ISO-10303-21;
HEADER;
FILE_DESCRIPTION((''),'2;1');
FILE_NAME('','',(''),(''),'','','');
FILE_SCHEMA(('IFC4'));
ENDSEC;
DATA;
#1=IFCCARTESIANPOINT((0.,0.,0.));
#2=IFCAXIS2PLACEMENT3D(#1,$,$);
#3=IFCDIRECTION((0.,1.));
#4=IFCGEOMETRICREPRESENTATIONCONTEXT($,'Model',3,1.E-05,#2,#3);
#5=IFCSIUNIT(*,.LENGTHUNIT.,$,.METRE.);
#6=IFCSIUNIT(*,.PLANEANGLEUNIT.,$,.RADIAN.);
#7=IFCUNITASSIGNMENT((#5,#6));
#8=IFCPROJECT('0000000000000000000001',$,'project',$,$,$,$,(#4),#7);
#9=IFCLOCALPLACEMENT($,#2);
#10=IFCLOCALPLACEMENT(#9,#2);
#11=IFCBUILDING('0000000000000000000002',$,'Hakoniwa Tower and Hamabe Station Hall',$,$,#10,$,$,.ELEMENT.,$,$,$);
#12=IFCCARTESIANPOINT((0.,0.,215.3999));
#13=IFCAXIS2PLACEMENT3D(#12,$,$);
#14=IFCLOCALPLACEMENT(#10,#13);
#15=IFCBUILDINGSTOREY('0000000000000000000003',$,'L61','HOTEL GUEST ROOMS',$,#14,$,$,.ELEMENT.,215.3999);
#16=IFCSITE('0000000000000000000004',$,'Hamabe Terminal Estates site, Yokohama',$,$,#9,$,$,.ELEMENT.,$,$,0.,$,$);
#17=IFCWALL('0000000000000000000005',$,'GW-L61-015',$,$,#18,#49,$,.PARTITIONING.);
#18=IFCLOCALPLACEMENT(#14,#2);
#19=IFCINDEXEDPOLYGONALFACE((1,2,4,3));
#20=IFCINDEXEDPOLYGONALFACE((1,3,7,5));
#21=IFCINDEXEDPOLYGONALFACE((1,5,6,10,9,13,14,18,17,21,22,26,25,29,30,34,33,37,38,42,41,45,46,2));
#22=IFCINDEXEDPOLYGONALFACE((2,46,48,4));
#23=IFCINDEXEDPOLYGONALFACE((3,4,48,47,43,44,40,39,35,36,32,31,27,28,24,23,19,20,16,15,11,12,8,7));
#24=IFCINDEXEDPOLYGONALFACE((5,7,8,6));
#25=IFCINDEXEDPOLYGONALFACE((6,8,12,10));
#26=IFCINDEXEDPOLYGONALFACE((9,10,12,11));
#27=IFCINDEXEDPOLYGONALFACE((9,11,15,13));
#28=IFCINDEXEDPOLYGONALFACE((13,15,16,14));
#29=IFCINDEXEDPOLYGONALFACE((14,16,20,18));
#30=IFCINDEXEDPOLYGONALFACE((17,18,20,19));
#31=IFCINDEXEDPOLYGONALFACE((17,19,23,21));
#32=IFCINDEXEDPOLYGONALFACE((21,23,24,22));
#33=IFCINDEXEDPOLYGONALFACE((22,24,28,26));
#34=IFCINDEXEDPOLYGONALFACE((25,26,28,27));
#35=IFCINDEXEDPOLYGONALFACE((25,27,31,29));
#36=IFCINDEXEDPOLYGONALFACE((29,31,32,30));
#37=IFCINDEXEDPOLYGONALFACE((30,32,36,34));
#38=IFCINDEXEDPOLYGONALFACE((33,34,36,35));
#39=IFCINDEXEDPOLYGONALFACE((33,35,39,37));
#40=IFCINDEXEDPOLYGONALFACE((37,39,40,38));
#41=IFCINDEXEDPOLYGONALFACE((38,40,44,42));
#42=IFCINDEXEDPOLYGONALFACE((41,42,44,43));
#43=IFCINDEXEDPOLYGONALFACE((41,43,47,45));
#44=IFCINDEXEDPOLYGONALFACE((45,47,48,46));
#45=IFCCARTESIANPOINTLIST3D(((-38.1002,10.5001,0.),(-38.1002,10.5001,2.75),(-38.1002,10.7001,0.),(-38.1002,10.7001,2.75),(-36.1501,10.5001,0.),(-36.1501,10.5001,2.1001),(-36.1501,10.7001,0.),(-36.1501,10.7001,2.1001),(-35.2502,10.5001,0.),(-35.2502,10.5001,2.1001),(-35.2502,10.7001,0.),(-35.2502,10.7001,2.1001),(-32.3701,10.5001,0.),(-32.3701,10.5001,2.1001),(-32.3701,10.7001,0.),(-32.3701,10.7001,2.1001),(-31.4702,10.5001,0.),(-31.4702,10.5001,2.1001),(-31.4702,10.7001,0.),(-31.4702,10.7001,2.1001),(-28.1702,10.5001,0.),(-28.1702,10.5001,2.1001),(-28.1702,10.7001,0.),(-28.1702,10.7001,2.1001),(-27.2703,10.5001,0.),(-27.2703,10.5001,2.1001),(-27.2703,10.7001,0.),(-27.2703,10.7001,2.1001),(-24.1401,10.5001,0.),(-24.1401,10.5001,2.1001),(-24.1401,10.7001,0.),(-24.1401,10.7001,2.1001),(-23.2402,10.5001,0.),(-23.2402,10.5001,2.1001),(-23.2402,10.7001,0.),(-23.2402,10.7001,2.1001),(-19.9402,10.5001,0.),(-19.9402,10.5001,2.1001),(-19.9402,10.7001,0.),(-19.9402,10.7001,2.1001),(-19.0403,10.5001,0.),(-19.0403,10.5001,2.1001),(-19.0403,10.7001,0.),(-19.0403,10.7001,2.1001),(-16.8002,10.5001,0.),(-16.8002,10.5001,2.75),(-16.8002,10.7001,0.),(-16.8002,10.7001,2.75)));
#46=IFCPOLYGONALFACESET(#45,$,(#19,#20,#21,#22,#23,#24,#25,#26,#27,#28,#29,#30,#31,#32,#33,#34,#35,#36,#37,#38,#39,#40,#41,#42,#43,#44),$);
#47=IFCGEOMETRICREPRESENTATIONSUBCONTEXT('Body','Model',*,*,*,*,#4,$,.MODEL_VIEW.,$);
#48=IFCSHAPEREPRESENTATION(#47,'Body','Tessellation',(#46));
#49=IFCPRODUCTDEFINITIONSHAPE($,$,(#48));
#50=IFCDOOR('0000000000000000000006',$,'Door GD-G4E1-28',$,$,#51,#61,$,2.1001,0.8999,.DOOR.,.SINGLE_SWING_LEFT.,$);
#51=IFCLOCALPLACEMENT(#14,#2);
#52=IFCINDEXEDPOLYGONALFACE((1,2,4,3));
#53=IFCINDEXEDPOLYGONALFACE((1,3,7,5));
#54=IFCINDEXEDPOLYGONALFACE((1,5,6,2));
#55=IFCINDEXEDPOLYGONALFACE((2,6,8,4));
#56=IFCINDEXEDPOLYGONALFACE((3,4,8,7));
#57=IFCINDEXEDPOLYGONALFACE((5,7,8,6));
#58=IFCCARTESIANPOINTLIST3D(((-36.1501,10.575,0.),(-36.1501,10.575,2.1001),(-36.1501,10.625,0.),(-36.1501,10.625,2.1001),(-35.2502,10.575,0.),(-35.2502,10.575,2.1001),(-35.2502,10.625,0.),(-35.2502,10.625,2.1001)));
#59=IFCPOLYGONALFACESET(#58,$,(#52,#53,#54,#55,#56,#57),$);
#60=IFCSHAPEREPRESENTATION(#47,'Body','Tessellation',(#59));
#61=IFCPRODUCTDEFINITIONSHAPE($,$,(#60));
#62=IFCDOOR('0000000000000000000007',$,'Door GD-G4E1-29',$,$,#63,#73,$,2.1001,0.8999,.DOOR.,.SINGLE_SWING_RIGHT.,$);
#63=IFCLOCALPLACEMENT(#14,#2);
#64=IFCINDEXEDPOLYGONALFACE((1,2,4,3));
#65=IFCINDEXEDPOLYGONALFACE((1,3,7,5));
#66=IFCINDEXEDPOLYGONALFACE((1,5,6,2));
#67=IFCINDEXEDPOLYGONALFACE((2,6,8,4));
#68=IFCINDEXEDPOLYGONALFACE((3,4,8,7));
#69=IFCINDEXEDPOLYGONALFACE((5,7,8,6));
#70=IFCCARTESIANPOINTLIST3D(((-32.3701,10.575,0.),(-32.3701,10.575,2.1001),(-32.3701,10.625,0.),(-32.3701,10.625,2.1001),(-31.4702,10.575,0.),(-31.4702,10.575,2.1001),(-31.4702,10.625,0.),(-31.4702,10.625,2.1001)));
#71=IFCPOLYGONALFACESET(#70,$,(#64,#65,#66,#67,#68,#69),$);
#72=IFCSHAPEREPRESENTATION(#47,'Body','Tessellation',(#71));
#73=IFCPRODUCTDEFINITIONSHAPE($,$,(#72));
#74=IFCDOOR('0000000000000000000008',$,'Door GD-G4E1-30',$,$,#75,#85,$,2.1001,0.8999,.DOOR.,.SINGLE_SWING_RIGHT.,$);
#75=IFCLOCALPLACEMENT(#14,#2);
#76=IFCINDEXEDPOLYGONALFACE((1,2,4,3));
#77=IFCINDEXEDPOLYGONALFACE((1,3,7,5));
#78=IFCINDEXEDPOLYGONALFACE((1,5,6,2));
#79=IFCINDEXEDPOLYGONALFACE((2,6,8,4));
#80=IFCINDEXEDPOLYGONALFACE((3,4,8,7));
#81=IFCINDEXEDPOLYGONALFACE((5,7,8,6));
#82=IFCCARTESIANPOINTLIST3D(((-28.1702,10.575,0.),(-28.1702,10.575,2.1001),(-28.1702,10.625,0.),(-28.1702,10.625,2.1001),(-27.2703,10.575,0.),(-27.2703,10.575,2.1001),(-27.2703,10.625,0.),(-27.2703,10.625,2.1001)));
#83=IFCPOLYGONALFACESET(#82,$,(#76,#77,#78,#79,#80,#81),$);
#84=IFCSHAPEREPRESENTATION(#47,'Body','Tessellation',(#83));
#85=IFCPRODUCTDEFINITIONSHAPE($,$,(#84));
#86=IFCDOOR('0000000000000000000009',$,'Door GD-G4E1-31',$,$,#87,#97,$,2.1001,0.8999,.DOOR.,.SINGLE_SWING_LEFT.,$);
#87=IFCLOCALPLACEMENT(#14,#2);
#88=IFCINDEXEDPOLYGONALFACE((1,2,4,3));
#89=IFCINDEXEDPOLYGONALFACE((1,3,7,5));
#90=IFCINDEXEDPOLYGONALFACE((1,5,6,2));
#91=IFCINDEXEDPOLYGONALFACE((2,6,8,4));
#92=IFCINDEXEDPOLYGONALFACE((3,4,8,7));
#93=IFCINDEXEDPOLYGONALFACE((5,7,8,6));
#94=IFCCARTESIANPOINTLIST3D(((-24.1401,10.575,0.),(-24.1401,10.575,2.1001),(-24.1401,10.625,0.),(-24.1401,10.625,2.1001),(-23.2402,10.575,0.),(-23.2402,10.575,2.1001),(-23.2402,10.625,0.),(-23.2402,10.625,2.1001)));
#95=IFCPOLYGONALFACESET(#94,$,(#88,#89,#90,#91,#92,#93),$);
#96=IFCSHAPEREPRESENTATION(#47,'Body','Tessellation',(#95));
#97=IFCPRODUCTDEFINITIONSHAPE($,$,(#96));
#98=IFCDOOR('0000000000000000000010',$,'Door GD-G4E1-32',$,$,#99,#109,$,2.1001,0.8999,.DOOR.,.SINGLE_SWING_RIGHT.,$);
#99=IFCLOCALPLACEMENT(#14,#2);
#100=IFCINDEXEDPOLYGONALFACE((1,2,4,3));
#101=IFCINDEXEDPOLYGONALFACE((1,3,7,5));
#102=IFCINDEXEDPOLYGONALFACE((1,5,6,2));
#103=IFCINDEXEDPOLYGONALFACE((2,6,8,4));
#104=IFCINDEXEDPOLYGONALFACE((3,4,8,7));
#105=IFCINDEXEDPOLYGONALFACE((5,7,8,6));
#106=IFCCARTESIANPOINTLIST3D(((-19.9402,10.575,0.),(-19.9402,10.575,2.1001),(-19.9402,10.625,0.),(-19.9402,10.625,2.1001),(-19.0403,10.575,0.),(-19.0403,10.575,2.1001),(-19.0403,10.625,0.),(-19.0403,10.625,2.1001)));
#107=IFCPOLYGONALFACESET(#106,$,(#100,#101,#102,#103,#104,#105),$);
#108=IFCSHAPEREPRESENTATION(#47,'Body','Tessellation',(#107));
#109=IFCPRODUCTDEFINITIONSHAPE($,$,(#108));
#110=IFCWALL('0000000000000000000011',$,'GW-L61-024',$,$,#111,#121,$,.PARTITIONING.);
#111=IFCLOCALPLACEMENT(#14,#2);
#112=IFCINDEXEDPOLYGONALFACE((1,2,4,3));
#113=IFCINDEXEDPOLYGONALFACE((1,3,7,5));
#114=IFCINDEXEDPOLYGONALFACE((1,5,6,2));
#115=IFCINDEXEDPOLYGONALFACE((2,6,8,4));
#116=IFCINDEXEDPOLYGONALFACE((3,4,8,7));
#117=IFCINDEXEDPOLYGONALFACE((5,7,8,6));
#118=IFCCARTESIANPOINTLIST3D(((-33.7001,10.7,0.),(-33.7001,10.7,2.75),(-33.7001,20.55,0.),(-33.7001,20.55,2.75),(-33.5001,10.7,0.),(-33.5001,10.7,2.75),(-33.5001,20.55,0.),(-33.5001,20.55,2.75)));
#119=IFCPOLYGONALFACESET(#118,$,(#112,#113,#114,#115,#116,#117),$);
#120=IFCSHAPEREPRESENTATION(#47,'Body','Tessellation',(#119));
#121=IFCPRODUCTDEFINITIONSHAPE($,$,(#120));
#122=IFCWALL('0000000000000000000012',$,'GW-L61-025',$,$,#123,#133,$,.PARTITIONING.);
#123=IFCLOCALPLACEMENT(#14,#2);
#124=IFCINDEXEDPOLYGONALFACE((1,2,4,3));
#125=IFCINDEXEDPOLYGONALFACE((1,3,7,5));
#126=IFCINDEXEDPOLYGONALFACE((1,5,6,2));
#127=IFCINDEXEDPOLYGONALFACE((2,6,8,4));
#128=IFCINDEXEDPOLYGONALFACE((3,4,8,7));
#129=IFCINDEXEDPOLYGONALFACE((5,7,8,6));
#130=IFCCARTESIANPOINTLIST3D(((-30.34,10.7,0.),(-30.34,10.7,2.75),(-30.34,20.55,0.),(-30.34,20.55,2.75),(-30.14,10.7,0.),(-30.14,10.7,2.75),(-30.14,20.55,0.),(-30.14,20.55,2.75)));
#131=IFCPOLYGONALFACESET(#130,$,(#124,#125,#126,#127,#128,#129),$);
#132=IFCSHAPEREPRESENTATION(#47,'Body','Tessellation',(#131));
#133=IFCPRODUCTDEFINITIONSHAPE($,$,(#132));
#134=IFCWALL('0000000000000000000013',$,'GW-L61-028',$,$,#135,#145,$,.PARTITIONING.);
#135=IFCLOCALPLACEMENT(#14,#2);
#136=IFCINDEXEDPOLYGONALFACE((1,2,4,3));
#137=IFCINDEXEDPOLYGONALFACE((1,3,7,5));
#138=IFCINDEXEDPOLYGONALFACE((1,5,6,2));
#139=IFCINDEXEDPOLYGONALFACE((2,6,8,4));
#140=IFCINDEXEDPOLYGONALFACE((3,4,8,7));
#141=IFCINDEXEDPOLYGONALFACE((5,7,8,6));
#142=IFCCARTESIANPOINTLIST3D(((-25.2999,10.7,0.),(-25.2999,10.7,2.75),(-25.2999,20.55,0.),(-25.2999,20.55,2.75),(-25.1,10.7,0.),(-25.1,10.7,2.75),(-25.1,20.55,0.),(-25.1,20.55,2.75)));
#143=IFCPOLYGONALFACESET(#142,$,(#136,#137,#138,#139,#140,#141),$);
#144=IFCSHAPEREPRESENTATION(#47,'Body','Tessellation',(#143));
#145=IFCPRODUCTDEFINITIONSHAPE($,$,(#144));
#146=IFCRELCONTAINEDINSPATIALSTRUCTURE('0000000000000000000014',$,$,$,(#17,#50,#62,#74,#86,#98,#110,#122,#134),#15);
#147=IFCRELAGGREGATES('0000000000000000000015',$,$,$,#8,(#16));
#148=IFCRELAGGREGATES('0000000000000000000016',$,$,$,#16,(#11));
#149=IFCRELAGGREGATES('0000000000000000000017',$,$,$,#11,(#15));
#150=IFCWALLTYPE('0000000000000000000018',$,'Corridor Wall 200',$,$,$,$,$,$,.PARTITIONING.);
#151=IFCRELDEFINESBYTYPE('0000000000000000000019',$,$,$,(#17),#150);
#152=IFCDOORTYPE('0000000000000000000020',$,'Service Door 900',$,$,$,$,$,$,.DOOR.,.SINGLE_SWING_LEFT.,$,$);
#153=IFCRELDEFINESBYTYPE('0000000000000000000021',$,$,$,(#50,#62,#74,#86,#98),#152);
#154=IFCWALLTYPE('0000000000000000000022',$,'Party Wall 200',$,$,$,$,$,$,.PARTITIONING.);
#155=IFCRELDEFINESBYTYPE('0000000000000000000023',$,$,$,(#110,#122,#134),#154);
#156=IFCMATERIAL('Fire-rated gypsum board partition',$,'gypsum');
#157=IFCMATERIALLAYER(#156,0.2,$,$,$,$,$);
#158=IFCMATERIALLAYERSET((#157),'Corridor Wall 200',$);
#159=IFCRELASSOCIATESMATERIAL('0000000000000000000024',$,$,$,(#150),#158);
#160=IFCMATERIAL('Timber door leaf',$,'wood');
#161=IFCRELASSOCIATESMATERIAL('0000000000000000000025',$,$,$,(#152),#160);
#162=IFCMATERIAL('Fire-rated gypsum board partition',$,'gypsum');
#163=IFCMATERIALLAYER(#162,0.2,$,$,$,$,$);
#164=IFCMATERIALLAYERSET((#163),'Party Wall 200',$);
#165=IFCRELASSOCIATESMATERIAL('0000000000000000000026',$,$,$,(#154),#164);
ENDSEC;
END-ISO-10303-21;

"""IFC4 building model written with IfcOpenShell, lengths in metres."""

from ifc_helpers import new_model, si_unit, direction, frame, frame_2d, origin, place, context, subcontext, project, spatial, rectangle, extrude, material, layer, layer_set, type_object, element, fill, save


model = new_model("IFC4")

# Units and contexts
model_context = context("Model", 3, precision=1e-05, world=origin(), true_north=direction((0.0, 1.0)))
body_context = subcontext(model_context, "Body", "Model", "MODEL_VIEW")
ifc_project = project(units=[si_unit("LENGTHUNIT", "METRE"), si_unit("PLANEANGLEUNIT", "RADIAN")], contexts=[model_context])

# Site, building, storey
site_placement = place(None, origin())
site = spatial("IfcSite", under=ifc_project, at=site_placement, Name="Hamabe Terminal Estates site, Yokohama", CompositionType="ELEMENT", RefElevation=0.0)
building_placement = place(site_placement, origin())
building = spatial("IfcBuilding", under=site, at=building_placement, Name="Hakoniwa Tower and Hamabe Station Hall", CompositionType="ELEMENT")
storey_placement = place(building_placement, frame((0.0, 0.0, 215.3999)))
storey = spatial("IfcBuildingStorey", under=building, at=storey_placement, Name="L61", Description="HOTEL GUEST ROOMS", CompositionType="ELEMENT", Elevation=215.3999)

# Wall, openings, doors
ifc_material_1 = material(Name="Fire-rated gypsum board partition", Category="gypsum")
ifc_layer_1 = layer(ifc_material_1, 0.2)
ifc_layer_set_1 = layer_set([ifc_layer_1], Name="Corridor Wall 200")
wall_type_1 = type_object("IfcWallType", Name="Corridor Wall 200", PredefinedType="PARTITIONING", material=ifc_layer_set_1)
wall_1_placement = place(storey_placement, frame((-38.1001, 10.6001, 0.0), z_axis=(0.0, 0.0, 1.0), x_axis=(1.0, 0.0, 0.0)))
wall_1 = element("IfcWall", 1, at=wall_1_placement, inside=storey, type_object=wall_type_1, Name="GW-L61-015", PredefinedType="PARTITIONING", context=body_context, shape_type="SweptSolid", body=[
    extrude(rectangle(XDim=21.3, YDim=0.2, at=frame_2d((10.6499, 0.0))), origin(), (0.0, 0.0, 1.0), 2.75),
])
opening_1_placement = place(wall_1_placement, frame((1.95, 0.0, 0.0)))
opening_1 = element("IfcOpeningElement", 2, at=opening_1_placement, cuts=wall_1, PredefinedType="OPENING", context=body_context, shape_type="SweptSolid", body=[
    extrude(rectangle(XDim=0.8999, YDim=2.1001, at=frame_2d((0.45, 1.05))), frame((0.0, 0.1099, 0.0), z_axis=(0.0, -1.0, 0.0), x_axis=(1.0, 0.0, 0.0)), (0.0, 0.0, 1.0), 0.22),
])
opening_2_placement = place(wall_1_placement, frame((5.73, 0.0, 0.0)))
opening_2 = element("IfcOpeningElement", 3, at=opening_2_placement, cuts=wall_1, PredefinedType="OPENING", context=body_context, shape_type="SweptSolid", body=[
    extrude(rectangle(XDim=0.8999, YDim=2.1001, at=frame_2d((0.45, 1.05))), frame((0.0, 0.1099, 0.0), z_axis=(0.0, -1.0, 0.0), x_axis=(1.0, 0.0, 0.0)), (0.0, 0.0, 1.0), 0.22),
])
opening_3_placement = place(wall_1_placement, frame((9.9299, 0.0, 0.0)))
opening_3 = element("IfcOpeningElement", 4, at=opening_3_placement, cuts=wall_1, PredefinedType="OPENING", context=body_context, shape_type="SweptSolid", body=[
    extrude(rectangle(XDim=0.8999, YDim=2.1001, at=frame_2d((0.45, 1.05))), frame((0.0, 0.1099, 0.0), z_axis=(0.0, -1.0, 0.0), x_axis=(1.0, 0.0, 0.0)), (0.0, 0.0, 1.0), 0.22),
])
opening_4_placement = place(wall_1_placement, frame((13.96, 0.0, 0.0)))
opening_4 = element("IfcOpeningElement", 5, at=opening_4_placement, cuts=wall_1, PredefinedType="OPENING", context=body_context, shape_type="SweptSolid", body=[
    extrude(rectangle(XDim=0.8999, YDim=2.1001, at=frame_2d((0.45, 1.05))), frame((0.0, 0.1099, 0.0), z_axis=(0.0, -1.0, 0.0), x_axis=(1.0, 0.0, 0.0)), (0.0, 0.0, 1.0), 0.22),
])
opening_5_placement = place(wall_1_placement, frame((18.1599, 0.0, 0.0)))
opening_5 = element("IfcOpeningElement", 6, at=opening_5_placement, cuts=wall_1, PredefinedType="OPENING", context=body_context, shape_type="SweptSolid", body=[
    extrude(rectangle(XDim=0.8999, YDim=2.1001, at=frame_2d((0.45, 1.05))), frame((0.0, 0.1099, 0.0), z_axis=(0.0, -1.0, 0.0), x_axis=(1.0, 0.0, 0.0)), (0.0, 0.0, 1.0), 0.22),
])
ifc_material_2 = material(Name="Timber door leaf", Category="wood")
door_type_1 = type_object("IfcDoorType", Name="Service Door 900", OperationType="SINGLE_SWING_LEFT", PredefinedType="DOOR", material=ifc_material_2)
door_1_placement = place(opening_1_placement, origin())
door_1 = element("IfcDoor", 7, at=door_1_placement, inside=storey, type_object=door_type_1, Name="Door GD-G4E1-28", OperationType="SINGLE_SWING_LEFT", OverallHeight=2.1001, OverallWidth=0.8999, PredefinedType="DOOR", context=body_context, shape_type="SweptSolid", body=[
    extrude(rectangle(XDim=0.8999, YDim=2.1001, at=frame_2d((0.45, 1.05))), frame((0.0, 0.0249, 0.0), z_axis=(0.0, -1.0, 0.0), x_axis=(1.0, 0.0, 0.0)), (0.0, 0.0, 1.0), 0.05),
])
fill(opening_1, door_1)
door_2_placement = place(opening_2_placement, origin())
door_2 = element("IfcDoor", 8, at=door_2_placement, inside=storey, type_object=door_type_1, Name="Door GD-G4E1-29", OperationType="SINGLE_SWING_RIGHT", OverallHeight=2.1001, OverallWidth=0.8999, PredefinedType="DOOR", context=body_context, shape_type="SweptSolid", body=[
    extrude(rectangle(XDim=0.8999, YDim=2.1001, at=frame_2d((0.45, 1.05))), frame((0.0, 0.0249, 0.0), z_axis=(0.0, -1.0, 0.0), x_axis=(1.0, 0.0, 0.0)), (0.0, 0.0, 1.0), 0.05),
])
fill(opening_2, door_2)
door_3_placement = place(opening_3_placement, origin())
door_3 = element("IfcDoor", 9, at=door_3_placement, inside=storey, type_object=door_type_1, Name="Door GD-G4E1-30", OperationType="SINGLE_SWING_RIGHT", OverallHeight=2.1001, OverallWidth=0.8999, PredefinedType="DOOR", context=body_context, shape_type="SweptSolid", body=[
    extrude(rectangle(XDim=0.8999, YDim=2.1001, at=frame_2d((0.45, 1.05))), frame((0.0, 0.0249, 0.0), z_axis=(0.0, -1.0, 0.0), x_axis=(1.0, 0.0, 0.0)), (0.0, 0.0, 1.0), 0.05),
])
fill(opening_3, door_3)
door_4_placement = place(opening_4_placement, origin())
door_4 = element("IfcDoor", 10, at=door_4_placement, inside=storey, type_object=door_type_1, Name="Door GD-G4E1-31", OperationType="SINGLE_SWING_LEFT", OverallHeight=2.1001, OverallWidth=0.8999, PredefinedType="DOOR", context=body_context, shape_type="SweptSolid", body=[
    extrude(rectangle(XDim=0.8999, YDim=2.1001, at=frame_2d((0.45, 1.05))), frame((0.0, 0.0249, 0.0), z_axis=(0.0, -1.0, 0.0), x_axis=(1.0, 0.0, 0.0)), (0.0, 0.0, 1.0), 0.05),
])
fill(opening_4, door_4)
door_5_placement = place(opening_5_placement, origin())
door_5 = element("IfcDoor", 11, at=door_5_placement, inside=storey, type_object=door_type_1, Name="Door GD-G4E1-32", OperationType="SINGLE_SWING_RIGHT", OverallHeight=2.1001, OverallWidth=0.8999, PredefinedType="DOOR", context=body_context, shape_type="SweptSolid", body=[
    extrude(rectangle(XDim=0.8999, YDim=2.1001, at=frame_2d((0.45, 1.05))), frame((0.0, 0.0249, 0.0), z_axis=(0.0, -1.0, 0.0), x_axis=(1.0, 0.0, 0.0)), (0.0, 0.0, 1.0), 0.05),
])
fill(opening_5, door_5)

# Walls
ifc_material_3 = material(Name="Fire-rated gypsum board partition", Category="gypsum")
ifc_layer_2 = layer(ifc_material_3, 0.2)
ifc_layer_set_2 = layer_set([ifc_layer_2], Name="Party Wall 200")
wall_type_2 = type_object("IfcWallType", Name="Party Wall 200", PredefinedType="PARTITIONING", material=ifc_layer_set_2)
for number, where, z_axis, x_axis, name in (
    (12, (-33.6001, 10.7, 0.0), (0.0, 0.0, 1.0), (0.0, 1.0, 0.0), "GW-L61-024"),
    (13, (-30.24, 10.7, 0.0), (0.0, 0.0, 1.0), (0.0, 1.0, 0.0), "GW-L61-025"),
    (14, (-25.2, 10.7, 0.0), (0.0, 0.0, 1.0), (0.0, 1.0, 0.0), "GW-L61-028"),
):
    element("IfcWall", number, at=place(storey_placement, frame(where, z_axis=z_axis, x_axis=x_axis)), inside=storey, type_object=wall_type_2, Name=name, PredefinedType="PARTITIONING", context=body_context, shape_type="SweptSolid", body=[
        extrude(rectangle(XDim=9.8501, YDim=0.2, at=frame_2d((4.925, 0.0))), origin(), (0.0, 0.0, 1.0), 2.75),
    ])

save(model, "model.ifc")
